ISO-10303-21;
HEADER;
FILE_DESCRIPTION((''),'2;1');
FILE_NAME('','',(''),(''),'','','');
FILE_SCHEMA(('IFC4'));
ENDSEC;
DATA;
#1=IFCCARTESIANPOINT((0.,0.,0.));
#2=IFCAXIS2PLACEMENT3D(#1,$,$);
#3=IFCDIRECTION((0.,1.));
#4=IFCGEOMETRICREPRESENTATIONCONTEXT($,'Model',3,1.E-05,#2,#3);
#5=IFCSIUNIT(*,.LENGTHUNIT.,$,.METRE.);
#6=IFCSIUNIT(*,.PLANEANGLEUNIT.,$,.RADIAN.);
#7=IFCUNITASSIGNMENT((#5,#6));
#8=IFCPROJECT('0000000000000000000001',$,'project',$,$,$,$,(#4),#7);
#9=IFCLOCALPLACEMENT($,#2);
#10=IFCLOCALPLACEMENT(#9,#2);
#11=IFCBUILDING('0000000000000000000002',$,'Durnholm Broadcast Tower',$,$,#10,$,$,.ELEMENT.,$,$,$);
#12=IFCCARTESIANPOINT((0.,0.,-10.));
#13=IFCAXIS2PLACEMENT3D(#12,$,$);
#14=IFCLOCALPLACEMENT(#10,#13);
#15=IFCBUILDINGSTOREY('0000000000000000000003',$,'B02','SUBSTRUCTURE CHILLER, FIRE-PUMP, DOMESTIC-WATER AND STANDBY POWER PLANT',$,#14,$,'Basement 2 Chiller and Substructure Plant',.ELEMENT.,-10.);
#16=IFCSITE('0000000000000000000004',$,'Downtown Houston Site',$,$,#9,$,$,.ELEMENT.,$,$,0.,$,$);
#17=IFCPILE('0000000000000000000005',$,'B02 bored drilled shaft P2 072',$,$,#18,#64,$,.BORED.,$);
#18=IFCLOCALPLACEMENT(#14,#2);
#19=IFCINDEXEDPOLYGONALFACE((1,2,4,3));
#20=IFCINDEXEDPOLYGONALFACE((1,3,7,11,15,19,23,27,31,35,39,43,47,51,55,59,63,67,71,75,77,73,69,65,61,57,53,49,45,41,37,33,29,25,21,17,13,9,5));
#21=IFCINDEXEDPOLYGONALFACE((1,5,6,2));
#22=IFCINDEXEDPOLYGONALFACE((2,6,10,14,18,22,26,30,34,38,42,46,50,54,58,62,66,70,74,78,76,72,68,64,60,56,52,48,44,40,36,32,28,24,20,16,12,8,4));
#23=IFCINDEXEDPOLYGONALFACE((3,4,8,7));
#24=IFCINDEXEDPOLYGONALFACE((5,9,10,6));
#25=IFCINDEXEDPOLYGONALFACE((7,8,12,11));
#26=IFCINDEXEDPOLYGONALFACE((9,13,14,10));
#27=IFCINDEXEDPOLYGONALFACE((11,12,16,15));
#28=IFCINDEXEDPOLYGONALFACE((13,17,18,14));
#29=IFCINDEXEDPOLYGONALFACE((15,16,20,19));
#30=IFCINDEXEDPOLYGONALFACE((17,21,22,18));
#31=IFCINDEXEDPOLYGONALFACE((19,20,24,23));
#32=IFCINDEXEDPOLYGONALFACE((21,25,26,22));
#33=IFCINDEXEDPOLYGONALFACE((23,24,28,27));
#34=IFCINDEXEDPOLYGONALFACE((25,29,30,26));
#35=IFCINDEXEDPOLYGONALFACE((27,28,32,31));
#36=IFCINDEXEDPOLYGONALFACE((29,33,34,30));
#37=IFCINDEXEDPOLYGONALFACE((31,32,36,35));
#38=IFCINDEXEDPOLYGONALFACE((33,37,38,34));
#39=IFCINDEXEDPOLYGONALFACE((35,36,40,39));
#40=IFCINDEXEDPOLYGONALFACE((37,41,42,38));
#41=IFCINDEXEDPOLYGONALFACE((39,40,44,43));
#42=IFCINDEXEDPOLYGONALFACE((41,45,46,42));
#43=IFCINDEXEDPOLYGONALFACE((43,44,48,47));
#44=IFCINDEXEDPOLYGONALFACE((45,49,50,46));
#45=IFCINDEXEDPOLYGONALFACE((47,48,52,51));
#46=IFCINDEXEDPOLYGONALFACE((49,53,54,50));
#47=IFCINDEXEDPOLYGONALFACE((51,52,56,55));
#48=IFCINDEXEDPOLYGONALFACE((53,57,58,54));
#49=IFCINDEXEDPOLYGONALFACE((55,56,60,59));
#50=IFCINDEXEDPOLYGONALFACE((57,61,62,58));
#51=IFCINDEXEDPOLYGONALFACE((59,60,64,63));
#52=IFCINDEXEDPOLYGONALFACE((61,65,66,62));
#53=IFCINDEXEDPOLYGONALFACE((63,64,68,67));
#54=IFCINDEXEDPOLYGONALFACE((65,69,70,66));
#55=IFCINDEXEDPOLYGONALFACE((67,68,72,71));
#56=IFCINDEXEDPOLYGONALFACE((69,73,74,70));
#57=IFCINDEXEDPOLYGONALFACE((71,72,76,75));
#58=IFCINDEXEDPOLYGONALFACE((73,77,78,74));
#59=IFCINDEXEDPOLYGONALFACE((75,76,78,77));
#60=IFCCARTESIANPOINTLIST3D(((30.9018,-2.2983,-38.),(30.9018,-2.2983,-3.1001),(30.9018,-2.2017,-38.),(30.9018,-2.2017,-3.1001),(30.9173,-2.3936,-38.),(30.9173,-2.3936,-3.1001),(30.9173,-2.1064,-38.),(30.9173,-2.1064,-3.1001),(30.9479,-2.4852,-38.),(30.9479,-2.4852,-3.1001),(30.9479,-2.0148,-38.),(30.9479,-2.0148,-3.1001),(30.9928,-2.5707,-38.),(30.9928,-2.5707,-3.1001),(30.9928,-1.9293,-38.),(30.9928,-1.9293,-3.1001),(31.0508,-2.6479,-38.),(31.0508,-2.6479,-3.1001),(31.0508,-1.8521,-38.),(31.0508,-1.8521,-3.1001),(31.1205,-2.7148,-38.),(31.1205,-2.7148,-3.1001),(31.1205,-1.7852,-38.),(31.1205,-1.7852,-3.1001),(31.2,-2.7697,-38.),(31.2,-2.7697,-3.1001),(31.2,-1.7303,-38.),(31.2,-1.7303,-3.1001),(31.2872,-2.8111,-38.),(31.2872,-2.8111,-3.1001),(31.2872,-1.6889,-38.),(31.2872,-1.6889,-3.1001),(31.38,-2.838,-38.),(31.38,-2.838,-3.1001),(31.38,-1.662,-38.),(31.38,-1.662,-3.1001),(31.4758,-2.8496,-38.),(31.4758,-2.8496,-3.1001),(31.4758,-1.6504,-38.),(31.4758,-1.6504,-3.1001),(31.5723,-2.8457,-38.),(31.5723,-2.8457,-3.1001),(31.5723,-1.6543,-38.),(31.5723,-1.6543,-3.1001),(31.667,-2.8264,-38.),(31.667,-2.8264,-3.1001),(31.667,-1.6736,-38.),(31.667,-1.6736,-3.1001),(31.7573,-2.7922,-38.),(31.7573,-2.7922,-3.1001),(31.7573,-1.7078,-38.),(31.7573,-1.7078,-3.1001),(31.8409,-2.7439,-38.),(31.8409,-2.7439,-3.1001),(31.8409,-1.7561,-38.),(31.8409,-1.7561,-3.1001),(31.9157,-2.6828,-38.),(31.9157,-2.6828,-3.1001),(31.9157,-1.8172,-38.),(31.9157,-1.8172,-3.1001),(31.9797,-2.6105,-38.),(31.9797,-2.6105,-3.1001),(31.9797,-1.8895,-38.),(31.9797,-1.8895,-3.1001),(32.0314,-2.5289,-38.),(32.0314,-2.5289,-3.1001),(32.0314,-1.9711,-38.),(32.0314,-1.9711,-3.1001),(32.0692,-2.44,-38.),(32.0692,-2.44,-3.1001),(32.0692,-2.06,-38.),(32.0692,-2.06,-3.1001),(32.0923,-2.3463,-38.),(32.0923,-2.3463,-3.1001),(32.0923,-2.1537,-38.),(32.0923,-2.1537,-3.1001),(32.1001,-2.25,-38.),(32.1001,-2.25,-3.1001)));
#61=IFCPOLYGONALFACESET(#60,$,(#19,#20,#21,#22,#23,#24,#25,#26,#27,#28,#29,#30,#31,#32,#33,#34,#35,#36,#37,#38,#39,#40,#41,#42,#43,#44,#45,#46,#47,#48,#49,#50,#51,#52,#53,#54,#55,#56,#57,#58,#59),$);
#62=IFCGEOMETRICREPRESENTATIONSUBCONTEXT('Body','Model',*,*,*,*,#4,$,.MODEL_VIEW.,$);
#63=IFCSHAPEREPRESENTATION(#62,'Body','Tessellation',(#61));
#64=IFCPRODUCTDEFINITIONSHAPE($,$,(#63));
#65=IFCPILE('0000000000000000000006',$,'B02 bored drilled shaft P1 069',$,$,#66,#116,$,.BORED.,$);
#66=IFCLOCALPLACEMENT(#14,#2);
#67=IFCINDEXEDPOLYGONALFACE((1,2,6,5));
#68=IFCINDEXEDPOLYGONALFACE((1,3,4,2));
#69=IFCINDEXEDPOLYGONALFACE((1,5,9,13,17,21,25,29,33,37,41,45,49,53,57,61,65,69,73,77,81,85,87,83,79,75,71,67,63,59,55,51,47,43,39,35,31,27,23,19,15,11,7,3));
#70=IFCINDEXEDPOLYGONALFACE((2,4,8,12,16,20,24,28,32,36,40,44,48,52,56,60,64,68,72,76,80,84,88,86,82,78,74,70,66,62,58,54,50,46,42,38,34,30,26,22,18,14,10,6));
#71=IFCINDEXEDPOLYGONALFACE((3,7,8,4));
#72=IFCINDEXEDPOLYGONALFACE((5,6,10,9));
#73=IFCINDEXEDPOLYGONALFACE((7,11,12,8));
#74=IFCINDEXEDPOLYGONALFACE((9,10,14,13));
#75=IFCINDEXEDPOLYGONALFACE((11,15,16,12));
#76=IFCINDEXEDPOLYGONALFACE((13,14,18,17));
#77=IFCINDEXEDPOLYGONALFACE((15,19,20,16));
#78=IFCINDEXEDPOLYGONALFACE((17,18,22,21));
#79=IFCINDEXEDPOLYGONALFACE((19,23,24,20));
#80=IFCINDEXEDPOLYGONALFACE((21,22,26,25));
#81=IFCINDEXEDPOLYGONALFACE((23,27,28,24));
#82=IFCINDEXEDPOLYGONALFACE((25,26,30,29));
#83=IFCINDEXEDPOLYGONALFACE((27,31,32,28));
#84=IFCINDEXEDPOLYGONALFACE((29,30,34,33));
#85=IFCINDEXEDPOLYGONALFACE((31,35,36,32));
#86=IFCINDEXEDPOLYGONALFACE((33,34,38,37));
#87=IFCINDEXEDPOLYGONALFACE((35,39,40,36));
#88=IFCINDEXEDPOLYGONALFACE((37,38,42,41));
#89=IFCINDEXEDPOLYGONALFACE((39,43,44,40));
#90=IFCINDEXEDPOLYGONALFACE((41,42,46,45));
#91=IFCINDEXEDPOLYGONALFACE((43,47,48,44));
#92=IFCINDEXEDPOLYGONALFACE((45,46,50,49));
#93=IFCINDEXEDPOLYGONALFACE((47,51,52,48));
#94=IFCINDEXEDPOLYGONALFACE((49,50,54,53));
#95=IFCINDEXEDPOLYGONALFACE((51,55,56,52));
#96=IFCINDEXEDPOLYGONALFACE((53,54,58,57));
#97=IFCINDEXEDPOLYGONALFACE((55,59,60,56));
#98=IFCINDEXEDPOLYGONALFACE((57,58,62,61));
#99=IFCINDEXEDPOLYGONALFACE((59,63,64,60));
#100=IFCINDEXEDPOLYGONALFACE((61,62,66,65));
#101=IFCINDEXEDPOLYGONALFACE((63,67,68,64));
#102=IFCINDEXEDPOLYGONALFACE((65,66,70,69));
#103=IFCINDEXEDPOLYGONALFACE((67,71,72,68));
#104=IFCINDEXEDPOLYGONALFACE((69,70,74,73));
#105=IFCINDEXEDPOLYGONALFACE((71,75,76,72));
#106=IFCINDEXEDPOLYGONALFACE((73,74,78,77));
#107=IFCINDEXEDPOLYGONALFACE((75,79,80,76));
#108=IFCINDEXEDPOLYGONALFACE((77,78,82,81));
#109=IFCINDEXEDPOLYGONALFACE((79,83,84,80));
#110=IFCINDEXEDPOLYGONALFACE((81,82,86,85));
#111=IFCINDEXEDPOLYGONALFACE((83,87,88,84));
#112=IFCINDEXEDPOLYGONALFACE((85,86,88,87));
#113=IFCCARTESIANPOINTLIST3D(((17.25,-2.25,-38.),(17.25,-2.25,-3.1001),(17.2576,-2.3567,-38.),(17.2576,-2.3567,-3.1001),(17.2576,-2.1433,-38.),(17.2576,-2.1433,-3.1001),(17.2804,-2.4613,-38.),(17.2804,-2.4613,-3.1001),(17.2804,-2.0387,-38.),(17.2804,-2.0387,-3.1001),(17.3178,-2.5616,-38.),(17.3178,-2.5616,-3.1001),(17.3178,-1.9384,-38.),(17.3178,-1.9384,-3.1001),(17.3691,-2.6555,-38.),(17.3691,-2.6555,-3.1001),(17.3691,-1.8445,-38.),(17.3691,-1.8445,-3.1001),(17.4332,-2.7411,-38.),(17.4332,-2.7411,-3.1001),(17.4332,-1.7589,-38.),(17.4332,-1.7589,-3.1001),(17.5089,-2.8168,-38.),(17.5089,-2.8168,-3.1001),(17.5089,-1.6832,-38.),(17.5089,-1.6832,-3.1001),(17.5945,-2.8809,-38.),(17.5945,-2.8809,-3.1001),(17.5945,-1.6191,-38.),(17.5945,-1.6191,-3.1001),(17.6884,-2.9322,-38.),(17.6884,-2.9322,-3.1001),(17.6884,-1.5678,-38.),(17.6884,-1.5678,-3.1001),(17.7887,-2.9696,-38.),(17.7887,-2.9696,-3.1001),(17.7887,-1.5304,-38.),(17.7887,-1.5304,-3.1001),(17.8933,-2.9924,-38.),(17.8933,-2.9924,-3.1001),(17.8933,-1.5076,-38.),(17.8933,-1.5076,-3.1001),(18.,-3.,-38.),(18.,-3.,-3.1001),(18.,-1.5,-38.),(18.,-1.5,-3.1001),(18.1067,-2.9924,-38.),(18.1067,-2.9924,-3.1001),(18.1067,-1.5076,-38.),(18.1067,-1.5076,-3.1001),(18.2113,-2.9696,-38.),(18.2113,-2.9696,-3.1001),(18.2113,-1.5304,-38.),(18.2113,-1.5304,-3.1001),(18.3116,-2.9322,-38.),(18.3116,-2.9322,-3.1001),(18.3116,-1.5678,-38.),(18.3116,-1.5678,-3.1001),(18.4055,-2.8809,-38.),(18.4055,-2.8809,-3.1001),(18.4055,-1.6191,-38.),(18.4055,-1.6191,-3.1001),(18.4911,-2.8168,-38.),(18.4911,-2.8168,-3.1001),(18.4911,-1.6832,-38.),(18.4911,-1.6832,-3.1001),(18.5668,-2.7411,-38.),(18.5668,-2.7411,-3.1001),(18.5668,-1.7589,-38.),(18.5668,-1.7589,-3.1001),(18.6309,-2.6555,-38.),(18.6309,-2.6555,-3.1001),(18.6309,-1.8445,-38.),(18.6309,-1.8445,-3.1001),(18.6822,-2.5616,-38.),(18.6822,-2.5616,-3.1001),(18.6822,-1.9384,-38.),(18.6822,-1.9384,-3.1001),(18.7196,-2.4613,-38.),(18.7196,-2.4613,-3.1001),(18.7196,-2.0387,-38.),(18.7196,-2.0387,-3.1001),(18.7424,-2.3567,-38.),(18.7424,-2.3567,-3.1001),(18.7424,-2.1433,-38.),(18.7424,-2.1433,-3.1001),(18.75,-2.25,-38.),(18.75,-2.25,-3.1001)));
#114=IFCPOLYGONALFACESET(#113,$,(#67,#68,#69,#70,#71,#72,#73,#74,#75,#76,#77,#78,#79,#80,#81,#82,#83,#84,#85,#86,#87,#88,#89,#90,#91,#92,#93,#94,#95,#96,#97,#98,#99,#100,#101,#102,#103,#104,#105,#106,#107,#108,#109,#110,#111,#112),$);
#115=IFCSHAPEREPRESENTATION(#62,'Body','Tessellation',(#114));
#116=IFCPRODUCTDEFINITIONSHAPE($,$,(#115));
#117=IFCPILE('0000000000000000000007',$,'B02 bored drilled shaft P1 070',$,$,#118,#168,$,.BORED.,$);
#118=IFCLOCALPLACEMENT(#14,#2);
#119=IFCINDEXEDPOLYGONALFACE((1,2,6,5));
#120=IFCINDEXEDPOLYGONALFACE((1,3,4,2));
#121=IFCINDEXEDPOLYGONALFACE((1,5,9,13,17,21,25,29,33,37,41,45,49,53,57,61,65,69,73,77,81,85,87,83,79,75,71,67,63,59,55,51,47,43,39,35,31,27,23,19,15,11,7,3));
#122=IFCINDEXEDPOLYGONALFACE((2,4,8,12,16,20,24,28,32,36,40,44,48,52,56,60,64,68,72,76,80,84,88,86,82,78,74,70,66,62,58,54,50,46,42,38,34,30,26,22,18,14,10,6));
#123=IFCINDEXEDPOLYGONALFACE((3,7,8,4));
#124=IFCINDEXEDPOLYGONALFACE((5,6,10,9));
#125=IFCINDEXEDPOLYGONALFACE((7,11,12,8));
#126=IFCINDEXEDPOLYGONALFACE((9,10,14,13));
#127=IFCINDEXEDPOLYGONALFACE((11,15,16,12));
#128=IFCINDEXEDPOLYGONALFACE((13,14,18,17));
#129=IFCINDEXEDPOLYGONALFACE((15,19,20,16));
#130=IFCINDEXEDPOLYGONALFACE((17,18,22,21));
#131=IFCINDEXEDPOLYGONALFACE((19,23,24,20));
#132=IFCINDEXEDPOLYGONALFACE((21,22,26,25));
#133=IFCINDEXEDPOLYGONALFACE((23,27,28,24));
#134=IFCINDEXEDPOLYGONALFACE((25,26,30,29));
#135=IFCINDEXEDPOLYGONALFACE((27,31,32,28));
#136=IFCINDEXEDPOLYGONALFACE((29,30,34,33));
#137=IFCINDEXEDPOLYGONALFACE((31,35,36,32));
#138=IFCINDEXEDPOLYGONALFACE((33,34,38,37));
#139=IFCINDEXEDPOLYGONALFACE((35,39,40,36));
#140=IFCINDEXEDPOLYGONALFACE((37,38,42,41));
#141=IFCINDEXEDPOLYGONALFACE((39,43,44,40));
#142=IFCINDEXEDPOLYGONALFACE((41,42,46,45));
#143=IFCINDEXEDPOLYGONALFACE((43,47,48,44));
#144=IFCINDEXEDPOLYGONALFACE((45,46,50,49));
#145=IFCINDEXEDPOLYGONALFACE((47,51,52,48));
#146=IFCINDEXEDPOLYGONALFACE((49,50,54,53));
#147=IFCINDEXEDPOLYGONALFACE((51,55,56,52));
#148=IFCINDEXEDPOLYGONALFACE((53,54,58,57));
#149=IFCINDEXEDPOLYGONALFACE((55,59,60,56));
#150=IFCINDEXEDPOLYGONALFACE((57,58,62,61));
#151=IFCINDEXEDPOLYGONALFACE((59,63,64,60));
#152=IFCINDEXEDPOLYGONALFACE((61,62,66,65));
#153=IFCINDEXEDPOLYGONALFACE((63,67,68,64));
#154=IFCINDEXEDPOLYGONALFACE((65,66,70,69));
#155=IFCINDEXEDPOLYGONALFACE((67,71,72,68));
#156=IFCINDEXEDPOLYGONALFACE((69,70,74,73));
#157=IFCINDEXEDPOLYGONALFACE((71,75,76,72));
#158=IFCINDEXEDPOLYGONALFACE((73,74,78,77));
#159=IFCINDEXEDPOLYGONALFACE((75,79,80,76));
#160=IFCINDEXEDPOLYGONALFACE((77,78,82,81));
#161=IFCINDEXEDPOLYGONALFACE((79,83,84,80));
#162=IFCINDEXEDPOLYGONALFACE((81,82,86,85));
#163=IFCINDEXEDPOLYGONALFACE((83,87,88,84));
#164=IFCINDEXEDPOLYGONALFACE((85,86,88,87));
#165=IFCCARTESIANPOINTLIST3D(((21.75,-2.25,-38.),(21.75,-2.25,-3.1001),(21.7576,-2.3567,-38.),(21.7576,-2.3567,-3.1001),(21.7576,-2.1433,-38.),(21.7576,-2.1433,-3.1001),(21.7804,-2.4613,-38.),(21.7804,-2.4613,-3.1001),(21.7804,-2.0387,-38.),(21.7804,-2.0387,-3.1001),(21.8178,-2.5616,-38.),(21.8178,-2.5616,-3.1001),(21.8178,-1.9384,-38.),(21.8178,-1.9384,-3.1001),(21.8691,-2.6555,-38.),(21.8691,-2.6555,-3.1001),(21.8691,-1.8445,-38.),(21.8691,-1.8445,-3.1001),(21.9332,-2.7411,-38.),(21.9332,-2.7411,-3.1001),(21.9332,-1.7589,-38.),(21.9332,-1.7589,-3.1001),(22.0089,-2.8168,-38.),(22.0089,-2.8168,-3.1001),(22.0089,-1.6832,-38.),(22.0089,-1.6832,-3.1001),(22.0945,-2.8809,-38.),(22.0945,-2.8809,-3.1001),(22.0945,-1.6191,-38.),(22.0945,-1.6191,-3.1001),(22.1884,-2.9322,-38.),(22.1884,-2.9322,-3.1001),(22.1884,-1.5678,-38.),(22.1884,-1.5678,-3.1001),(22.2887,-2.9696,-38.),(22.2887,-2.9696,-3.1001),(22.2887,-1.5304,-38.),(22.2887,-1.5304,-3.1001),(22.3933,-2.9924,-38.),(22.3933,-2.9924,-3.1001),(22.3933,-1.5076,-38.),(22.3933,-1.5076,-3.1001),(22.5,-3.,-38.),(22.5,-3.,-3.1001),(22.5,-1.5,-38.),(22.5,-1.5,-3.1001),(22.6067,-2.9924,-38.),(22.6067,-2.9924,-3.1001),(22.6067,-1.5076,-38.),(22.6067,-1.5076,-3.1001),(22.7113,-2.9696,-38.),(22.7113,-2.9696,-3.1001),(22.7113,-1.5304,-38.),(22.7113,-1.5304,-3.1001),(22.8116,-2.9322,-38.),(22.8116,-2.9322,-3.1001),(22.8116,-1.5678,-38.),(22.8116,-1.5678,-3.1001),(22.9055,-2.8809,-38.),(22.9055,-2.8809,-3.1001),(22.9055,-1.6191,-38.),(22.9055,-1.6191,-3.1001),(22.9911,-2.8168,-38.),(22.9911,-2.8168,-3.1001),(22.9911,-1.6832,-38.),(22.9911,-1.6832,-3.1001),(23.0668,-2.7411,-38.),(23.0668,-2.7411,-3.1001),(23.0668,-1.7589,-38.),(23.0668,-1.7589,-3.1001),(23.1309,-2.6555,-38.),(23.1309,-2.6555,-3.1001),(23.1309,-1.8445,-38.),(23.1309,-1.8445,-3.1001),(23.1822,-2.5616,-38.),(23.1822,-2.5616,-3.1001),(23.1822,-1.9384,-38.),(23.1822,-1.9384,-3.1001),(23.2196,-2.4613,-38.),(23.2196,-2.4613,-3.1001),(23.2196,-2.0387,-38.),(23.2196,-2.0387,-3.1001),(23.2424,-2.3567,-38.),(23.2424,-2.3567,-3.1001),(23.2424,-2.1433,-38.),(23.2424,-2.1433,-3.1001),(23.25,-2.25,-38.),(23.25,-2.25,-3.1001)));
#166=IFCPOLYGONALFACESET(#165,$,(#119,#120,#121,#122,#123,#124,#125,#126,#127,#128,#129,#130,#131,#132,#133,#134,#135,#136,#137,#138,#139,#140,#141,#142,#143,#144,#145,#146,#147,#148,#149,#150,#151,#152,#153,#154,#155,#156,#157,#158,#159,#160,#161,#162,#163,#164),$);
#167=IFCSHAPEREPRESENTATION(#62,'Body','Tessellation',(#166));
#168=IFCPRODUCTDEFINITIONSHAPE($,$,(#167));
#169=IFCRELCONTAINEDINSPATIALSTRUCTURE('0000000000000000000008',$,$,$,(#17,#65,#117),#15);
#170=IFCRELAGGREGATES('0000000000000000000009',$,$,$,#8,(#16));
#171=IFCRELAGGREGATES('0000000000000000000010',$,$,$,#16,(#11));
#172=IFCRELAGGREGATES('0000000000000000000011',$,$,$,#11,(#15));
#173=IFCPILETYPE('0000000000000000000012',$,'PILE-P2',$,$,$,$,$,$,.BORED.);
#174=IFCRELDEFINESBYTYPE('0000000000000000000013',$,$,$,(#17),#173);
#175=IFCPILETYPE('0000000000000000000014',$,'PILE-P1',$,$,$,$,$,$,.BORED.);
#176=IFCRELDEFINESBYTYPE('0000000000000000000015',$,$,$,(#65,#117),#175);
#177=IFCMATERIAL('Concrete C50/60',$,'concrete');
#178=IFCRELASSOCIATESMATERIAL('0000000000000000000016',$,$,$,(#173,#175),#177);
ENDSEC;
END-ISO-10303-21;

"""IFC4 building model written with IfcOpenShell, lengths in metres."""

from ifc_helpers import new_model, si_unit, direction, frame, origin, origin_2d, place, context, subcontext, project, spatial, circle, extrude, source, transform, mapped, material, material_profile, profile_set, type_object, type_shapes, element, save


model = new_model("IFC4")

# Units and contexts
model_context = context("Model", 3, precision=1e-05, world=origin(), true_north=direction((0.0, 1.0)))
body_context = subcontext(model_context, "Body", "Model", "MODEL_VIEW")
ifc_project = project(units=[si_unit("LENGTHUNIT", "METRE"), si_unit("PLANEANGLEUNIT", "RADIAN")], contexts=[model_context])

# Site, building, storey
site_placement = place(None, origin())
site = spatial("IfcSite", under=ifc_project, at=site_placement, Name="Downtown Houston Site", CompositionType="ELEMENT", RefElevation=0.0)
building_placement = place(site_placement, origin())
building = spatial("IfcBuilding", under=site, at=building_placement, Name="Durnholm Broadcast Tower", CompositionType="ELEMENT")
storey_placement = place(building_placement, frame((0.0, 0.0, -10.0)))
storey = spatial("IfcBuildingStorey", under=building, at=storey_placement, Name="B02", Description="SUBSTRUCTURE CHILLER, FIRE-PUMP, DOMESTIC-WATER AND STANDBY POWER PLANT", LongName="Basement 2 Chiller and Substructure Plant", CompositionType="ELEMENT", Elevation=-10.0)

# Piles
ifc_material_1 = material(Name="Concrete C50/60", Category="concrete")
ifc_material_profile_1 = material_profile(ifc_material_1, circle(Radius=0.6001, at=origin_2d()), Name="PILE1200")
ifc_profile_set_1 = profile_set([ifc_material_profile_1], Name="Concrete C50/60")
pile_type_1 = type_object("IfcPileType", Name="PILE-P2", PredefinedType="BORED", material=ifc_profile_set_1)
shared_shape_1 = source(origin(), body_context, "Body", "SweptSolid", [
    extrude(circle(Radius=0.6001, at=origin_2d()), origin(), (0.0, 0.0, 1.0), 34.8999),
])
type_shapes(pile_type_1, [shared_shape_1])
for number, where, z_axis, x_axis, name in (
    (1, (31.5, -2.25, -3.1001), (0.0, 0.0, -1.0), (1.0, 0.0, 0.0), "B02 bored drilled shaft P2 072"),
):
    element("IfcPile", number, at=place(storey_placement, frame(where, z_axis=z_axis, x_axis=x_axis)), inside=storey, type_object=pile_type_1, Name=name, PredefinedType="BORED", context=body_context, shape_type="MappedRepresentation", body=[
        mapped(shared_shape_1, transform((0.0, 0.0, 0.0), x_axis=(1.0, 0.0, 0.0), y_axis=(0.0, 1.0, 0.0), z_axis=(0.0, 0.0, 1.0), scale=1.0)),
    ])
ifc_material_profile_2 = material_profile(ifc_material_1, circle(Radius=0.75, at=origin_2d()), Name="PILE1500")
ifc_profile_set_2 = profile_set([ifc_material_profile_2], Name="Concrete C50/60")
pile_type_2 = type_object("IfcPileType", Name="PILE-P1", PredefinedType="BORED", material=ifc_profile_set_2)
shared_shape_2 = source(origin(), body_context, "Body", "SweptSolid", [
    extrude(circle(Radius=0.75, at=origin_2d()), origin(), (0.0, 0.0, 1.0), 34.8999),
])
type_shapes(pile_type_2, [shared_shape_2])
for number, where, z_axis, x_axis, name in (
    (2, (18.0, -2.25, -3.1001), (0.0, 0.0, -1.0), (1.0, 0.0, 0.0), "B02 bored drilled shaft P1 069"),
    (3, (22.5, -2.25, -3.1001), (0.0, 0.0, -1.0), (1.0, 0.0, 0.0), "B02 bored drilled shaft P1 070"),
):
    element("IfcPile", number, at=place(storey_placement, frame(where, z_axis=z_axis, x_axis=x_axis)), inside=storey, type_object=pile_type_2, Name=name, PredefinedType="BORED", context=body_context, shape_type="MappedRepresentation", body=[
        mapped(shared_shape_2, transform((0.0, 0.0, 0.0), x_axis=(1.0, 0.0, 0.0), y_axis=(0.0, 1.0, 0.0), z_axis=(0.0, 0.0, 1.0), scale=1.0)),
    ])

save(model, "model.ifc")
